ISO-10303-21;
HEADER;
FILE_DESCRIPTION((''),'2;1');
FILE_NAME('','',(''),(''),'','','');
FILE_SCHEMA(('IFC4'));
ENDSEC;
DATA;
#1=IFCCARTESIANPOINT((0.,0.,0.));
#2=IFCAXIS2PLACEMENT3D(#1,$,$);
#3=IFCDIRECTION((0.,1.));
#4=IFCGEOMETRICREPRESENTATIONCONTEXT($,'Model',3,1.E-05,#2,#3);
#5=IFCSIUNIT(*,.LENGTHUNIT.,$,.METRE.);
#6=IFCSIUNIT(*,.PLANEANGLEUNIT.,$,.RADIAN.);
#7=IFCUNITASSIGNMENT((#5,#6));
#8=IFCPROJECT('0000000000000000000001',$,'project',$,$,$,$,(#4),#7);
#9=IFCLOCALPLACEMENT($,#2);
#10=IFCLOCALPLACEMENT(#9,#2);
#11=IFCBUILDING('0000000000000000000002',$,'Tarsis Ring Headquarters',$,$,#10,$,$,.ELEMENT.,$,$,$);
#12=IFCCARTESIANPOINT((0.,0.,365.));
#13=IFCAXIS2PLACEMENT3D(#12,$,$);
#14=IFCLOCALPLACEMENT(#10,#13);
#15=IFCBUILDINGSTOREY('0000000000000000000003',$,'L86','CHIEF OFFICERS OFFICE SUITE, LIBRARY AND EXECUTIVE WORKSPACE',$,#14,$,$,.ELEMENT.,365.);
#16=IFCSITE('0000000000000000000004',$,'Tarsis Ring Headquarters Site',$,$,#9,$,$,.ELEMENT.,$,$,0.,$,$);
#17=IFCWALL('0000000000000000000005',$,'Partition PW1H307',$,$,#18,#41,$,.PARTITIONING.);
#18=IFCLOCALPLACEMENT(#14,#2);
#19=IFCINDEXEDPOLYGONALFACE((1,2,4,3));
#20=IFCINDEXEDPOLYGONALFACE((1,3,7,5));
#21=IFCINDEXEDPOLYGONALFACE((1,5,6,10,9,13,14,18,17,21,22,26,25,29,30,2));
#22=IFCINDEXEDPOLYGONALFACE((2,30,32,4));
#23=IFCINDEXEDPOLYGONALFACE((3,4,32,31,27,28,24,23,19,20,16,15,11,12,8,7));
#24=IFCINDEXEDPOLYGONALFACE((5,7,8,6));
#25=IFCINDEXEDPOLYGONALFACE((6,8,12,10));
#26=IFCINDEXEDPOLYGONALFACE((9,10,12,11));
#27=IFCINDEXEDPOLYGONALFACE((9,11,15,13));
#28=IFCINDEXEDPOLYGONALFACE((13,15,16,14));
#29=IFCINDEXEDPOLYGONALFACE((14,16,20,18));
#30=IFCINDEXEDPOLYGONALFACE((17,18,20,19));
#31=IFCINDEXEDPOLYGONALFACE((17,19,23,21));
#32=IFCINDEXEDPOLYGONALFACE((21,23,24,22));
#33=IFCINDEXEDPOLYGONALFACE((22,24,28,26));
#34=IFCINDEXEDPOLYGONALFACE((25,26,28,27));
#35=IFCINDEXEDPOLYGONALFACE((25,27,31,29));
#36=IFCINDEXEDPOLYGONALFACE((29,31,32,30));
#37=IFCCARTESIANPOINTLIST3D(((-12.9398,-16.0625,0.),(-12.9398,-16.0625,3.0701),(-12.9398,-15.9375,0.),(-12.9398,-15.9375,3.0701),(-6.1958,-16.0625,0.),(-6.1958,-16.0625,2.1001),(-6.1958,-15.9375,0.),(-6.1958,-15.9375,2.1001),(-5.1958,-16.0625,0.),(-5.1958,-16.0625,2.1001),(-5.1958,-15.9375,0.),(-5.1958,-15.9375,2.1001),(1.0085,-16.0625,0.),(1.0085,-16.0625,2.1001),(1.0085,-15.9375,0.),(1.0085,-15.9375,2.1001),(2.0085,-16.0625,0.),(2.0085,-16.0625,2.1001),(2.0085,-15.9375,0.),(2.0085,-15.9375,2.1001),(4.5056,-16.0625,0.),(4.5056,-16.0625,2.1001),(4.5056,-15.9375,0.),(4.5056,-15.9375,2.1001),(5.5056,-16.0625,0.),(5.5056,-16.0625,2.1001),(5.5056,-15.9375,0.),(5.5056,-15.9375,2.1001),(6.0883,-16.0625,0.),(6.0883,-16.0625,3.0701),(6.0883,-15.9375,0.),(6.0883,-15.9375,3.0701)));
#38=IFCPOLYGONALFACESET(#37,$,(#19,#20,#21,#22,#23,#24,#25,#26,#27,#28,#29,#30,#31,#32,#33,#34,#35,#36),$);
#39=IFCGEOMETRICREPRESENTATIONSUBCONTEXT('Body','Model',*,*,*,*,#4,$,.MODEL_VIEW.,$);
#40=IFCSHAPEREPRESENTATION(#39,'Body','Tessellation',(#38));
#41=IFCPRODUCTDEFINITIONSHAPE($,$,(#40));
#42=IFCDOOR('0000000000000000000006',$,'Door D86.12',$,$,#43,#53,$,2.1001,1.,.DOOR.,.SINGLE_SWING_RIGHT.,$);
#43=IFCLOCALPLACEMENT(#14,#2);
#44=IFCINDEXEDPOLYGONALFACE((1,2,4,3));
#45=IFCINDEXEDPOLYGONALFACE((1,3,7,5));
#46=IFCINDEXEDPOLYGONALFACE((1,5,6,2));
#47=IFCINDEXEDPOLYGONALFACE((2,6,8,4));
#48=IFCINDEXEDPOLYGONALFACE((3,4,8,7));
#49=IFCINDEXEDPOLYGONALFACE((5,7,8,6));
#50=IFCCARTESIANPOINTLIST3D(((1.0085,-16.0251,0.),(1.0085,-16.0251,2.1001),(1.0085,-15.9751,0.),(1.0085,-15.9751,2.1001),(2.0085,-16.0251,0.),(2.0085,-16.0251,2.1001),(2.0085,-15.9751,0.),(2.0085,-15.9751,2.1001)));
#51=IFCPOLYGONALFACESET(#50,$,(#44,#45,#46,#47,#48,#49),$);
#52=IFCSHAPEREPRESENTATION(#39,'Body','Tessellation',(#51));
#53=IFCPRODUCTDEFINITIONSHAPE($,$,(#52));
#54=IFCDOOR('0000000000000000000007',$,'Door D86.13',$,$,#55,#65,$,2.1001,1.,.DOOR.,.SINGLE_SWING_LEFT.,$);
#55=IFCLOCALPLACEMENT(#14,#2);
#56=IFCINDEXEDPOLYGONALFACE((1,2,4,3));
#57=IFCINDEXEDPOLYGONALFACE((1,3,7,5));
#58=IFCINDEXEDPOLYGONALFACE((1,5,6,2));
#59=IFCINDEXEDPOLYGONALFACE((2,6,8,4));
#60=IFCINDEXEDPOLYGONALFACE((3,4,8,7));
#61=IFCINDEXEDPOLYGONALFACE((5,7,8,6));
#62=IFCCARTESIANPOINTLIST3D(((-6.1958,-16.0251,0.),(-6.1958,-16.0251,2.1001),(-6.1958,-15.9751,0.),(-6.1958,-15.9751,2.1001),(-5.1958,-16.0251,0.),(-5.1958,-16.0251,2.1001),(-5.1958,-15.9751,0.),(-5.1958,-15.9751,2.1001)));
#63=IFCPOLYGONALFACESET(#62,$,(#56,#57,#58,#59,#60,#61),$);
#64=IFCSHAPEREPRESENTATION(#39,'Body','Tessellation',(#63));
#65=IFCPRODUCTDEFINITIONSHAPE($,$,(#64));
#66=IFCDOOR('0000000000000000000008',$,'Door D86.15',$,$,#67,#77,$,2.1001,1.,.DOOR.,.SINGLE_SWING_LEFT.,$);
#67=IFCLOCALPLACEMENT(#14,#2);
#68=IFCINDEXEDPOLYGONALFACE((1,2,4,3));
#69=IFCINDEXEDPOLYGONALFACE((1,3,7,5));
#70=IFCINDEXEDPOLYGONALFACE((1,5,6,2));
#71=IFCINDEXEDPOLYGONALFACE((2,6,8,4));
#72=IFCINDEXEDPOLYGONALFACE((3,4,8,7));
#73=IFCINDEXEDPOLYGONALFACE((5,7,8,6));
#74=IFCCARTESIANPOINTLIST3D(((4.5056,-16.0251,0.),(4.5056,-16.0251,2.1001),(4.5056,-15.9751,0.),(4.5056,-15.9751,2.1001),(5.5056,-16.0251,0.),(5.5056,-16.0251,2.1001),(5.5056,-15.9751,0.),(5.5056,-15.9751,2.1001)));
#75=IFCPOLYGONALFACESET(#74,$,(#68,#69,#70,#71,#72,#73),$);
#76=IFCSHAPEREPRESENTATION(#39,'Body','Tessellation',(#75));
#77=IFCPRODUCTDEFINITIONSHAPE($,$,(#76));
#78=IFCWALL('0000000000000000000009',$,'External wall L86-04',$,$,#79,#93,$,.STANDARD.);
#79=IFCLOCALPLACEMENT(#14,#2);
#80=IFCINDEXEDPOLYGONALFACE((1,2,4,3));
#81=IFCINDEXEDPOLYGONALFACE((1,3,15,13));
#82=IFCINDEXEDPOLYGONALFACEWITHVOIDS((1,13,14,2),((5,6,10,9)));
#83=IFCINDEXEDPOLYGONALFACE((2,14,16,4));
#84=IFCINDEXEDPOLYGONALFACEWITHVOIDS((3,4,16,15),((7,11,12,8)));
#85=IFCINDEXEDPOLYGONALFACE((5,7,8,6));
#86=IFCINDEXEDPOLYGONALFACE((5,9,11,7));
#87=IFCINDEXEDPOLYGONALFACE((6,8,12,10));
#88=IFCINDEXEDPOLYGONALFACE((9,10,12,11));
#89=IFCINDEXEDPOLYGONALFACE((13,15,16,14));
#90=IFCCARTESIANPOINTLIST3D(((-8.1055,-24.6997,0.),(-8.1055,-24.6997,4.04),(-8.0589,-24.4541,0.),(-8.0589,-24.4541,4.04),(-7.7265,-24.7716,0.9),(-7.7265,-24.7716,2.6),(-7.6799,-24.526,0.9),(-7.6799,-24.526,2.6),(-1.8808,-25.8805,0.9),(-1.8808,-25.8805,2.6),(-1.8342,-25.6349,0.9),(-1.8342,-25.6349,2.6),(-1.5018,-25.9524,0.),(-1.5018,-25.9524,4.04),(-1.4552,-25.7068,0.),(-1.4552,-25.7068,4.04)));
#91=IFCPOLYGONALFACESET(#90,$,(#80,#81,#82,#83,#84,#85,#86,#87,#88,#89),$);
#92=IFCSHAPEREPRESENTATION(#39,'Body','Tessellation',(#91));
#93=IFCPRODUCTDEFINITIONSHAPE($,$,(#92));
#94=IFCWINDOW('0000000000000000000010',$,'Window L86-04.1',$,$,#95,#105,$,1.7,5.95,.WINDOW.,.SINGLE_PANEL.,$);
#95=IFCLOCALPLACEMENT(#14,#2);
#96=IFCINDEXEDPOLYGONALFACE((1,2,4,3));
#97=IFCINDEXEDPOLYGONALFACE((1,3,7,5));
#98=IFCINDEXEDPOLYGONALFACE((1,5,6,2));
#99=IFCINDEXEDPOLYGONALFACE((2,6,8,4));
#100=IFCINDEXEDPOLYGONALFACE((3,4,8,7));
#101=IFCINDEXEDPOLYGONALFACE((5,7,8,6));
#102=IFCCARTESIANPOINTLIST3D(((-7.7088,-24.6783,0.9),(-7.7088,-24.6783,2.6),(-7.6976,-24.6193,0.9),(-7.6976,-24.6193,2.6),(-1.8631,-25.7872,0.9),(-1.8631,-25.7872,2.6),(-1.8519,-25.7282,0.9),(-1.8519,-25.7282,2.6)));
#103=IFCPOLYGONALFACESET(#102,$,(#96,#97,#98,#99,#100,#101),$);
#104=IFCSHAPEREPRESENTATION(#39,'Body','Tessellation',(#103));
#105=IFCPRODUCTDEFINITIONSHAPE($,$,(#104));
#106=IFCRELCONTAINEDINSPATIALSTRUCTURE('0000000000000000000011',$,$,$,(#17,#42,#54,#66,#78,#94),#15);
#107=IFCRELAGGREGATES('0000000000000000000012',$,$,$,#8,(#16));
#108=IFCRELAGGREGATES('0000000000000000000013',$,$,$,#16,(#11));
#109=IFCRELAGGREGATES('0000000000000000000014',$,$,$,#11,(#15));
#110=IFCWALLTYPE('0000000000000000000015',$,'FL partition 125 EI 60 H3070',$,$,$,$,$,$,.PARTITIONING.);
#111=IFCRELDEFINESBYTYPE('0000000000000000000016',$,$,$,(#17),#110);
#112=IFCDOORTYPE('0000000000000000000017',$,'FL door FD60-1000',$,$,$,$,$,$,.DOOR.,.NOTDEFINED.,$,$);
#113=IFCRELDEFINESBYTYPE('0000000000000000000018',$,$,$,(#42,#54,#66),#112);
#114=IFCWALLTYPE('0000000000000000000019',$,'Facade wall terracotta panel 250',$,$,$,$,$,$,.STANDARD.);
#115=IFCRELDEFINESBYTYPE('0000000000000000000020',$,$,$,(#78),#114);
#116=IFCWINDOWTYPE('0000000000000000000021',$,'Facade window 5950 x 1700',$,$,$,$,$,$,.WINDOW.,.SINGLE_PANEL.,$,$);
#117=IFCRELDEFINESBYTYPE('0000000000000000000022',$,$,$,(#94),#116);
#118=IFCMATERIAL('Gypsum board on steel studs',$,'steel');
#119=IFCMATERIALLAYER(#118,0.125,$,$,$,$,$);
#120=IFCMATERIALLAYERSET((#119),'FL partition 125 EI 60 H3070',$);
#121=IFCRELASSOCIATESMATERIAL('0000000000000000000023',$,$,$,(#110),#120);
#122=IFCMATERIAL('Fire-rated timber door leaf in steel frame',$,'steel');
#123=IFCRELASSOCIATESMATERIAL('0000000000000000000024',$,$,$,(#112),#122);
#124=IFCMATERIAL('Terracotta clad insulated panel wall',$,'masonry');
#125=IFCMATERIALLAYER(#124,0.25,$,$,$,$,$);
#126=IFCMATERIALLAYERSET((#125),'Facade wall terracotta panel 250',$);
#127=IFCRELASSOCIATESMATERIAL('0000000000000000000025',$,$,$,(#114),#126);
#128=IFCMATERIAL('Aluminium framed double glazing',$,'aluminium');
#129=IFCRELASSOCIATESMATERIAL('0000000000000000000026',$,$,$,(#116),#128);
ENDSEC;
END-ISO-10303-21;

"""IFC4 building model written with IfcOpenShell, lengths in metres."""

from ifc_helpers import new_model, si_unit, direction, frame, frame_2d, origin, place, context, subcontext, project, spatial, rectangle, extrude, material, layer, layer_set, type_object, element, fill, save


model = new_model("IFC4")

# Units and contexts
model_context = context("Model", 3, precision=1e-05, world=origin(), true_north=direction((0.0, 1.0)))
body_context = subcontext(model_context, "Body", "Model", "MODEL_VIEW")
ifc_project = project(units=[si_unit("LENGTHUNIT", "METRE"), si_unit("PLANEANGLEUNIT", "RADIAN")], contexts=[model_context])

# Site, building, storey
site_placement = place(None, origin())
site = spatial("IfcSite", under=ifc_project, at=site_placement, Name="Tarsis Ring Headquarters Site", CompositionType="ELEMENT", RefElevation=0.0)
building_placement = place(site_placement, origin())
building = spatial("IfcBuilding", under=site, at=building_placement, Name="Tarsis Ring Headquarters", CompositionType="ELEMENT")
storey_placement = place(building_placement, frame((0.0, 0.0, 365.0)))
storey = spatial("IfcBuildingStorey", under=building, at=storey_placement, Name="L86", Description="CHIEF OFFICERS OFFICE SUITE, LIBRARY AND EXECUTIVE WORKSPACE", CompositionType="ELEMENT", Elevation=365.0)

# Wall, openings, doors
ifc_material_1 = material(Name="Gypsum board on steel studs", Category="steel")
ifc_layer_1 = layer(ifc_material_1, 0.125)
ifc_layer_set_1 = layer_set([ifc_layer_1], Name="FL partition 125 EI 60 H3070")
wall_type_1 = type_object("IfcWallType", Name="FL partition 125 EI 60 H3070", PredefinedType="PARTITIONING", material=ifc_layer_set_1)
wall_1_placement = place(storey_placement, frame((-12.9399, -16.0, 0.0), z_axis=(0.0, 0.0, 1.0), x_axis=(1.0, 0.0, 0.0)))
wall_1 = element("IfcWall", 1, at=wall_1_placement, inside=storey, type_object=wall_type_1, Name="Partition PW1H307", PredefinedType="PARTITIONING", context=body_context, shape_type="SweptSolid", body=[
    extrude(rectangle(XDim=19.0281, YDim=0.125, at=frame_2d((9.5142, 0.0))), origin(), (0.0, 0.0, 1.0), 3.0701),
])
opening_1_placement = place(wall_1_placement, frame((13.9485, 0.0, 0.0)))
opening_1 = element("IfcOpeningElement", 2, at=opening_1_placement, cuts=wall_1, PredefinedType="OPENING", context=body_context, shape_type="SweptSolid", body=[
    extrude(rectangle(XDim=1.0, YDim=2.1001, at=frame_2d((0.5, 1.05))), frame((0.0, 0.0725, 0.0), z_axis=(0.0, -1.0, 0.0), x_axis=(1.0, 0.0, 0.0)), (0.0, 0.0, 1.0), 0.145),
])
opening_2_placement = place(wall_1_placement, frame((6.7441, 0.0, 0.0)))
opening_2 = element("IfcOpeningElement", 3, at=opening_2_placement, cuts=wall_1, PredefinedType="OPENING", context=body_context, shape_type="SweptSolid", body=[
    extrude(rectangle(XDim=1.0, YDim=2.1001, at=frame_2d((0.5, 1.05))), frame((0.0, 0.0725, 0.0), z_axis=(0.0, -1.0, 0.0), x_axis=(1.0, 0.0, 0.0)), (0.0, 0.0, 1.0), 0.145),
])
opening_3_placement = place(wall_1_placement, frame((17.4456, 0.0, 0.0)))
opening_3 = element("IfcOpeningElement", 4, at=opening_3_placement, cuts=wall_1, PredefinedType="OPENING", context=body_context, shape_type="SweptSolid", body=[
    extrude(rectangle(XDim=1.0, YDim=2.1001, at=frame_2d((0.5, 1.05))), frame((0.0, 0.0725, 0.0), z_axis=(0.0, -1.0, 0.0), x_axis=(1.0, 0.0, 0.0)), (0.0, 0.0, 1.0), 0.145),
])
ifc_material_2 = material(Name="Fire-rated timber door leaf in steel frame", Category="steel")
door_type_1 = type_object("IfcDoorType", Name="FL door FD60-1000", OperationType="NOTDEFINED", PredefinedType="DOOR", material=ifc_material_2)
door_1_placement = place(opening_1_placement, origin())
door_1 = element("IfcDoor", 5, at=door_1_placement, inside=storey, type_object=door_type_1, Name="Door D86.12", OperationType="SINGLE_SWING_RIGHT", OverallHeight=2.1001, OverallWidth=1.0, PredefinedType="DOOR", context=body_context, shape_type="SweptSolid", body=[
    extrude(rectangle(XDim=1.0, YDim=2.1001, at=frame_2d((0.5, 1.05))), frame((0.0, 0.0249, 0.0), z_axis=(0.0, -1.0, 0.0), x_axis=(1.0, 0.0, 0.0)), (0.0, 0.0, 1.0), 0.05),
])
fill(opening_1, door_1)
door_2_placement = place(opening_2_placement, origin())
door_2 = element("IfcDoor", 6, at=door_2_placement, inside=storey, type_object=door_type_1, Name="Door D86.13", OperationType="SINGLE_SWING_LEFT", OverallHeight=2.1001, OverallWidth=1.0, PredefinedType="DOOR", context=body_context, shape_type="SweptSolid", body=[
    extrude(rectangle(XDim=1.0, YDim=2.1001, at=frame_2d((0.5, 1.05))), frame((0.0, 0.0249, 0.0), z_axis=(0.0, -1.0, 0.0), x_axis=(1.0, 0.0, 0.0)), (0.0, 0.0, 1.0), 0.05),
])
fill(opening_2, door_2)
door_3_placement = place(opening_3_placement, origin())
door_3 = element("IfcDoor", 7, at=door_3_placement, inside=storey, type_object=door_type_1, Name="Door D86.15", OperationType="SINGLE_SWING_LEFT", OverallHeight=2.1001, OverallWidth=1.0, PredefinedType="DOOR", context=body_context, shape_type="SweptSolid", body=[
    extrude(rectangle(XDim=1.0, YDim=2.1001, at=frame_2d((0.5, 1.05))), frame((0.0, 0.0249, 0.0), z_axis=(0.0, -1.0, 0.0), x_axis=(1.0, 0.0, 0.0)), (0.0, 0.0, 1.0), 0.05),
])
fill(opening_3, door_3)

# Wall, opening, window
ifc_material_3 = material(Name="Terracotta clad insulated panel wall", Category="masonry")
ifc_layer_2 = layer(ifc_material_3, 0.25)
ifc_layer_set_2 = layer_set([ifc_layer_2], Name="Facade wall terracotta panel 250")
wall_type_2 = type_object("IfcWallType", Name="Facade wall terracotta panel 250", PredefinedType="STANDARD", material=ifc_layer_set_2)
wall_2_placement = place(storey_placement, frame((-8.0823, -24.5769, 0.0), z_axis=(0.0, 0.0, 1.0), x_axis=(0.98248, -0.186369, 0.0)))
wall_2 = element("IfcWall", 8, at=wall_2_placement, inside=storey, type_object=wall_type_2, Name="External wall L86-04", PredefinedType="STANDARD", context=body_context, shape_type="SweptSolid", body=[
    extrude(rectangle(XDim=6.7214, YDim=0.25, at=frame_2d((3.3608, 0.0))), origin(), (0.0, 0.0, 1.0), 4.04),
])
opening_4_placement = place(wall_2_placement, frame((0.3857, 0.0, 0.8999)))
opening_4 = element("IfcOpeningElement", 9, at=opening_4_placement, cuts=wall_2, PredefinedType="OPENING", context=body_context, shape_type="SweptSolid", body=[
    extrude(rectangle(XDim=5.95, YDim=1.7, at=frame_2d((2.9751, 0.8501))), frame((0.0, 0.135, 0.0), z_axis=(0.0, -1.0, 0.0), x_axis=(1.0, 0.0, 0.0)), (0.0, 0.0, 1.0), 0.27),
])
ifc_material_4 = material(Name="Aluminium framed double glazing", Category="aluminium")
window_type = type_object("IfcWindowType", Name="Facade window 5950 x 1700", PartitioningType="SINGLE_PANEL", PredefinedType="WINDOW", material=ifc_material_4)
window_placement = place(opening_4_placement, origin())
window = element("IfcWindow", 10, at=window_placement, inside=storey, type_object=window_type, Name="Window L86-04.1", OverallHeight=1.7, OverallWidth=5.95, PartitioningType="SINGLE_PANEL", PredefinedType="WINDOW", context=body_context, shape_type="SweptSolid", body=[
    extrude(rectangle(XDim=5.95, YDim=1.7, at=frame_2d((2.9751, 0.8501))), frame((0.0, 0.03, 0.0), z_axis=(0.0, -1.0, 0.0), x_axis=(1.0, 0.0, 0.0)), (0.0, 0.0, 1.0), 0.0601),
])
fill(opening_4, window)

save(model, "model.ifc")
